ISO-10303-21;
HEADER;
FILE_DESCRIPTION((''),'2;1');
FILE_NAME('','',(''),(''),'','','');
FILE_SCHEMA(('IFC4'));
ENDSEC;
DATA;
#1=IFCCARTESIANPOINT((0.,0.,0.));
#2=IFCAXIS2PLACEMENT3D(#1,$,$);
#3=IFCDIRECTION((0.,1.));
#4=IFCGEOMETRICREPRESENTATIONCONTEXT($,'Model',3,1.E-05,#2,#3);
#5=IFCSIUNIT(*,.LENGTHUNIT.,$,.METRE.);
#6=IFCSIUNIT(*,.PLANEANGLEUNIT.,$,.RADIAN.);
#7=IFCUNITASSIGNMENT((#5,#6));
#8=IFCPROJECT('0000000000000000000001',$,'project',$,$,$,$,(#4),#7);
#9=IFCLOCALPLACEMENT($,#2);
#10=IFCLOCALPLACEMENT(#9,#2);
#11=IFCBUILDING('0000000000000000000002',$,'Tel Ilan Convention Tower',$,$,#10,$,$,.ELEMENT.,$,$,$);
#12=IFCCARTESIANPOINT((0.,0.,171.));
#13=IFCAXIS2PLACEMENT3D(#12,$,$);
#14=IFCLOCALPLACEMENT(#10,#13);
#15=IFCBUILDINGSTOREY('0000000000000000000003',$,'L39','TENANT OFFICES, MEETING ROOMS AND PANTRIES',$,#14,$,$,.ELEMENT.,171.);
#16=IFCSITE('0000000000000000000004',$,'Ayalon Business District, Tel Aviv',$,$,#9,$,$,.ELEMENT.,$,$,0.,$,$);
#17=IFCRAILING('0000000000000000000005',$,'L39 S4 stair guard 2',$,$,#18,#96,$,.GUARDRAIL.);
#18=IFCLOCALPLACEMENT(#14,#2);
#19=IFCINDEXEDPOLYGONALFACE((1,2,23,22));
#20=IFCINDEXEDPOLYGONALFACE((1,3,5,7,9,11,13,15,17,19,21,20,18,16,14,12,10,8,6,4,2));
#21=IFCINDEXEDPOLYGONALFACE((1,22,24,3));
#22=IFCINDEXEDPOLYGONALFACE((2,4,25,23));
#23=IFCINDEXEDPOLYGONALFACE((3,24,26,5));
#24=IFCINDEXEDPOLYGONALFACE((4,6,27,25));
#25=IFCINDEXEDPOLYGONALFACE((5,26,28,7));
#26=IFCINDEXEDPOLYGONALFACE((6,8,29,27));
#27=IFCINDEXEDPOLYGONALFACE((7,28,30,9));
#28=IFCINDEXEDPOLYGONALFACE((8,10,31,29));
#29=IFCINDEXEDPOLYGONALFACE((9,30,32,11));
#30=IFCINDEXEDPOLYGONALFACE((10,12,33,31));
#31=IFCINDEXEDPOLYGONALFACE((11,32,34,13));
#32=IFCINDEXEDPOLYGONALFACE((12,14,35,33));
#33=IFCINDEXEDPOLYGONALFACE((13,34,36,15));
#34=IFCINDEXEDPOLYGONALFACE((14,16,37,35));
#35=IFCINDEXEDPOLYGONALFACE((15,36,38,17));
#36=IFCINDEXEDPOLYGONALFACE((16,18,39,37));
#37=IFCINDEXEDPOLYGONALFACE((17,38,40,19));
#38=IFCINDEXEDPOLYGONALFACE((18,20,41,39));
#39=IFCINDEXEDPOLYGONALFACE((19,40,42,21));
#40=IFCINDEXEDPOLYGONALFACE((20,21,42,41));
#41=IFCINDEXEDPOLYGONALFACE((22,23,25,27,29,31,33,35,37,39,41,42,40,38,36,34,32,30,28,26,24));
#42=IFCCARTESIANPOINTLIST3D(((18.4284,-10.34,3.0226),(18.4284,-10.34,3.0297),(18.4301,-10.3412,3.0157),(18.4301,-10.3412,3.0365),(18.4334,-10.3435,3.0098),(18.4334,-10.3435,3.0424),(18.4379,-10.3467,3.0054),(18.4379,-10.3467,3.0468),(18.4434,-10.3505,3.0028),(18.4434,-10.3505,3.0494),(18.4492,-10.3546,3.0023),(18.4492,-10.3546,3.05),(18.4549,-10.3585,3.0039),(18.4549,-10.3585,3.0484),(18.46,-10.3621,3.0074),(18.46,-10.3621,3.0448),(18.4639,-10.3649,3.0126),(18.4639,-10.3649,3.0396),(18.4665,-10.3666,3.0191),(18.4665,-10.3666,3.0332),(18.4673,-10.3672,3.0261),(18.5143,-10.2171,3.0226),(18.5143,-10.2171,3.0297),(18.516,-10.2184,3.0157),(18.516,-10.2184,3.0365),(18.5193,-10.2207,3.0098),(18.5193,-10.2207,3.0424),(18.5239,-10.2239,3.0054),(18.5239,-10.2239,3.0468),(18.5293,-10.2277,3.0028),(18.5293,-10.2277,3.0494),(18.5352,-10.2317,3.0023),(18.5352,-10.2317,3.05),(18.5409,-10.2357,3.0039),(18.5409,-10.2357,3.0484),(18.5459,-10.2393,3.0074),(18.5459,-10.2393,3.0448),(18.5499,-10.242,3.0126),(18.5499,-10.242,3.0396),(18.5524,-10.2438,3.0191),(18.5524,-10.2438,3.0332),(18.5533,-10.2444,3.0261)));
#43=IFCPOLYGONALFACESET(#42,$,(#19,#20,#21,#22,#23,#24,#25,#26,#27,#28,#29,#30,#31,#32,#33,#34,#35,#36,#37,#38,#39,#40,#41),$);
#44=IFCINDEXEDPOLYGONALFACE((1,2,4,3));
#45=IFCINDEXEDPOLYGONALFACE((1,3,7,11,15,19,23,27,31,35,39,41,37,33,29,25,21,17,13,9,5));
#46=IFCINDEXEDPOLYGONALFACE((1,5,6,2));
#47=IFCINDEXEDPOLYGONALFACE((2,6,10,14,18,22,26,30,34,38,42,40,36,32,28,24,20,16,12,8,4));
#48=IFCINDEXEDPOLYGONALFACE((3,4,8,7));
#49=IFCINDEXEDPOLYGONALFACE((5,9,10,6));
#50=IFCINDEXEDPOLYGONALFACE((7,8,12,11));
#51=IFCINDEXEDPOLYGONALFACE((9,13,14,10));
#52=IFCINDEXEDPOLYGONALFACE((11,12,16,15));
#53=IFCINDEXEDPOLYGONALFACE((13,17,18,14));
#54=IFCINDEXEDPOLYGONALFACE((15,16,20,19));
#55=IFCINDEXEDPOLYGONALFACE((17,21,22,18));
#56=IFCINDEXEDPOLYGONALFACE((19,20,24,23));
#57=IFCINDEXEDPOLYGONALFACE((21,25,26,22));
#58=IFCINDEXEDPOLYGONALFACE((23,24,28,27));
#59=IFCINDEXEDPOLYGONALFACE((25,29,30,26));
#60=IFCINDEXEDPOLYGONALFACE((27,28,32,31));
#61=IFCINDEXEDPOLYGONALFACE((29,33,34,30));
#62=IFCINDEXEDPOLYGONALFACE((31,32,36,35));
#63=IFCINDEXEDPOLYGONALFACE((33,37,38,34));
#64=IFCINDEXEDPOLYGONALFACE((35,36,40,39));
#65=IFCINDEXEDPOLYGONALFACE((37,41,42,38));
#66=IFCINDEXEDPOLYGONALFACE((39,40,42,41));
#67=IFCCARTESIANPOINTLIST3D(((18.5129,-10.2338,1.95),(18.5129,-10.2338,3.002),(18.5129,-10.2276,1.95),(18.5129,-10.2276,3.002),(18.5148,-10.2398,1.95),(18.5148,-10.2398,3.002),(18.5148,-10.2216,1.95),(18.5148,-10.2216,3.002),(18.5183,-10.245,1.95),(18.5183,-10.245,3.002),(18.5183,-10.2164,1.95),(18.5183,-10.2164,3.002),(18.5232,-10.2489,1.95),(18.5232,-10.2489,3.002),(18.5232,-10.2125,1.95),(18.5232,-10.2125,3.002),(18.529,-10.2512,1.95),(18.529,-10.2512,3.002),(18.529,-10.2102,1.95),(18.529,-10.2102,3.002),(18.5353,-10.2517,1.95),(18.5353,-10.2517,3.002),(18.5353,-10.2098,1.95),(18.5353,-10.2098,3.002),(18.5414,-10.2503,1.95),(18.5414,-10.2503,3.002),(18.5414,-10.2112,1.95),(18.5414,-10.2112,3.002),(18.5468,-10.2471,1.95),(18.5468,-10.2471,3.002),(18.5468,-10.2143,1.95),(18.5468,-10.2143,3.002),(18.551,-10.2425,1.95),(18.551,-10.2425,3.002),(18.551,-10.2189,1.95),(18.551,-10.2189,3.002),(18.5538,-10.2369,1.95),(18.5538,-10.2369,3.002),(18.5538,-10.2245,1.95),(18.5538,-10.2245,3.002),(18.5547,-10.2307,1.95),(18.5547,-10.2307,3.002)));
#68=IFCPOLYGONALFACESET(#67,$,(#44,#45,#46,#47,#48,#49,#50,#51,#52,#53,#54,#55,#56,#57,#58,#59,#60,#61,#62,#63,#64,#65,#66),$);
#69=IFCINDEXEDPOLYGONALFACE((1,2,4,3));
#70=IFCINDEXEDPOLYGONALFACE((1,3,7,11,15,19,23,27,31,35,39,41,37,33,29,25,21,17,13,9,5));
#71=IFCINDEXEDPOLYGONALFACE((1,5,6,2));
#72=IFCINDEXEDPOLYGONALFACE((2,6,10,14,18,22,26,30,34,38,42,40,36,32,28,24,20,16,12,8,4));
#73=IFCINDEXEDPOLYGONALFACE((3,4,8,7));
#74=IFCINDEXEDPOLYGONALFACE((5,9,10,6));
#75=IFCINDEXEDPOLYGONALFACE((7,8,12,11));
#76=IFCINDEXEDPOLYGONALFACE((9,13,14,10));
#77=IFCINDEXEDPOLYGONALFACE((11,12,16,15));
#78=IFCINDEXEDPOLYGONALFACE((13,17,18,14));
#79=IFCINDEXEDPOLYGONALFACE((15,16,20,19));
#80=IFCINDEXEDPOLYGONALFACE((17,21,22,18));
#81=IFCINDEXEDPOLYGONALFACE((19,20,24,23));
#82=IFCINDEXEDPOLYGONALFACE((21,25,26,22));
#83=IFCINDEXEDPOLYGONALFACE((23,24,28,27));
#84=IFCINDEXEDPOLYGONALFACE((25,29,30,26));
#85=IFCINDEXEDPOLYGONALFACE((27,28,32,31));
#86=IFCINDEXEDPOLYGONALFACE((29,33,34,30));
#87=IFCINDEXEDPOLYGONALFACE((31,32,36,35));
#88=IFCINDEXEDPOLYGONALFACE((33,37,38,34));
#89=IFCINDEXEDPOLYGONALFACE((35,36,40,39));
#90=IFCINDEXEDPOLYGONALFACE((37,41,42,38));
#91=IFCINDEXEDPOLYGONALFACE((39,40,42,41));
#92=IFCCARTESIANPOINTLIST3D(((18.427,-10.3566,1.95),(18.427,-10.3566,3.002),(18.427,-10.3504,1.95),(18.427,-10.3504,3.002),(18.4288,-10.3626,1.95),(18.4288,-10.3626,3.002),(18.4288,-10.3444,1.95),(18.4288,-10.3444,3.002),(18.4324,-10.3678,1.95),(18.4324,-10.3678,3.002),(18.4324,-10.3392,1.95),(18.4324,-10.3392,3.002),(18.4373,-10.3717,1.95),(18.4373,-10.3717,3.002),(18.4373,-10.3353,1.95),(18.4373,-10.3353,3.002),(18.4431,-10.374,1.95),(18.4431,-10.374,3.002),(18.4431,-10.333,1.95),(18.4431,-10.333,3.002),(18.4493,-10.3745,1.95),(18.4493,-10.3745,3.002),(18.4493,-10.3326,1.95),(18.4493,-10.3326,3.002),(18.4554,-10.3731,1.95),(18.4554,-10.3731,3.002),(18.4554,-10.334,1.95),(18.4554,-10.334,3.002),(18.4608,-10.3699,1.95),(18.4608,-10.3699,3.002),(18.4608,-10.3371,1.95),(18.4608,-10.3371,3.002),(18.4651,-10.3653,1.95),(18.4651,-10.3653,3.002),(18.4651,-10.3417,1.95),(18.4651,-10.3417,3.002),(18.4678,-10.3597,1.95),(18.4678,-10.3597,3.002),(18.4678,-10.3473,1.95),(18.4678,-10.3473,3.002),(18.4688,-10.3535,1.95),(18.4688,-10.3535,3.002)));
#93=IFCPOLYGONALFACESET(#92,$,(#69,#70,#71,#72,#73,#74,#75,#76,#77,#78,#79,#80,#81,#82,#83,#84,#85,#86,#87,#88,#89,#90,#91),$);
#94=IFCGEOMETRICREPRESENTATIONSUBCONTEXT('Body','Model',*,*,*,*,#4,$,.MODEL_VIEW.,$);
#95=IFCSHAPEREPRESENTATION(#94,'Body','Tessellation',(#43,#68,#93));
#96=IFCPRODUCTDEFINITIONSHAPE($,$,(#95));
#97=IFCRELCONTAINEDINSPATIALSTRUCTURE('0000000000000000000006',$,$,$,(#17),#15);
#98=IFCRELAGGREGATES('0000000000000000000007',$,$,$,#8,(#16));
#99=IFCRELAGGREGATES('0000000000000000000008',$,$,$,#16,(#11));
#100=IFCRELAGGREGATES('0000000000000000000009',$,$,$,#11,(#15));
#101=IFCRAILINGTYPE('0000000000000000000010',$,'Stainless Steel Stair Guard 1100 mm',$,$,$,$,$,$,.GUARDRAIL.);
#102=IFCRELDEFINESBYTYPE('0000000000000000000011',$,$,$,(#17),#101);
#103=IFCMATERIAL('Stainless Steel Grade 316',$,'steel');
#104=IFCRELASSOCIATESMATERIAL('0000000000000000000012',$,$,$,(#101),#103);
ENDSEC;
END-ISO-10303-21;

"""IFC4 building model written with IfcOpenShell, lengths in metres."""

from ifc_helpers import new_model, si_unit, direction, frame, origin, origin_2d, place, context, subcontext, project, spatial, circle, extrude, material, type_object, element, save


model = new_model("IFC4")

# Units and contexts
model_context = context("Model", 3, precision=1e-05, world=origin(), true_north=direction((0.0, 1.0)))
body_context = subcontext(model_context, "Body", "Model", "MODEL_VIEW")
ifc_project = project(units=[si_unit("LENGTHUNIT", "METRE"), si_unit("PLANEANGLEUNIT", "RADIAN")], contexts=[model_context])

# Site, building, storey
site_placement = place(None, origin())
site = spatial("IfcSite", under=ifc_project, at=site_placement, Name="Ayalon Business District, Tel Aviv", CompositionType="ELEMENT", RefElevation=0.0)
building_placement = place(site_placement, origin())
building = spatial("IfcBuilding", under=site, at=building_placement, Name="Tel Ilan Convention Tower", CompositionType="ELEMENT")
storey_placement = place(building_placement, frame((0.0, 0.0, 171.0)))
storey = spatial("IfcBuildingStorey", under=building, at=storey_placement, Name="L39", Description="TENANT OFFICES, MEETING ROOMS AND PANTRIES", CompositionType="ELEMENT", Elevation=171.0)

# Railing
ifc_material_1 = material(Name="Stainless Steel Grade 316", Category="steel")
railing_type_1 = type_object("IfcRailingType", Name="Stainless Steel Stair Guard 1100 mm", PredefinedType="GUARDRAIL", material=ifc_material_1)
railing_1_placement = place(storey_placement, frame((18.5337, -10.2307, 1.95)))
element("IfcRailing", 1, at=railing_1_placement, inside=storey, type_object=railing_type_1, Name="L39 S4 stair guard 2", PredefinedType="GUARDRAIL", context=body_context, shape_type="SweptSolid", body=[
    extrude(circle(Radius=0.0239, at=origin_2d()), frame((0.0, 0.0, 1.0762), z_axis=(-0.573353, -0.819308, 0.0), x_axis=(0.819308, -0.573353, 0.0)), (0.0, 0.0, 1.0), 0.1499),
    extrude(circle(Radius=0.021, at=origin_2d()), origin(), (0.0, 0.0, 1.0), 1.052),
    extrude(circle(Radius=0.021, at=origin_2d()), frame((-0.0859, -0.1228, 0.0)), (0.0, 0.0, 1.0), 1.052),
])

save(model, "model.ifc")
